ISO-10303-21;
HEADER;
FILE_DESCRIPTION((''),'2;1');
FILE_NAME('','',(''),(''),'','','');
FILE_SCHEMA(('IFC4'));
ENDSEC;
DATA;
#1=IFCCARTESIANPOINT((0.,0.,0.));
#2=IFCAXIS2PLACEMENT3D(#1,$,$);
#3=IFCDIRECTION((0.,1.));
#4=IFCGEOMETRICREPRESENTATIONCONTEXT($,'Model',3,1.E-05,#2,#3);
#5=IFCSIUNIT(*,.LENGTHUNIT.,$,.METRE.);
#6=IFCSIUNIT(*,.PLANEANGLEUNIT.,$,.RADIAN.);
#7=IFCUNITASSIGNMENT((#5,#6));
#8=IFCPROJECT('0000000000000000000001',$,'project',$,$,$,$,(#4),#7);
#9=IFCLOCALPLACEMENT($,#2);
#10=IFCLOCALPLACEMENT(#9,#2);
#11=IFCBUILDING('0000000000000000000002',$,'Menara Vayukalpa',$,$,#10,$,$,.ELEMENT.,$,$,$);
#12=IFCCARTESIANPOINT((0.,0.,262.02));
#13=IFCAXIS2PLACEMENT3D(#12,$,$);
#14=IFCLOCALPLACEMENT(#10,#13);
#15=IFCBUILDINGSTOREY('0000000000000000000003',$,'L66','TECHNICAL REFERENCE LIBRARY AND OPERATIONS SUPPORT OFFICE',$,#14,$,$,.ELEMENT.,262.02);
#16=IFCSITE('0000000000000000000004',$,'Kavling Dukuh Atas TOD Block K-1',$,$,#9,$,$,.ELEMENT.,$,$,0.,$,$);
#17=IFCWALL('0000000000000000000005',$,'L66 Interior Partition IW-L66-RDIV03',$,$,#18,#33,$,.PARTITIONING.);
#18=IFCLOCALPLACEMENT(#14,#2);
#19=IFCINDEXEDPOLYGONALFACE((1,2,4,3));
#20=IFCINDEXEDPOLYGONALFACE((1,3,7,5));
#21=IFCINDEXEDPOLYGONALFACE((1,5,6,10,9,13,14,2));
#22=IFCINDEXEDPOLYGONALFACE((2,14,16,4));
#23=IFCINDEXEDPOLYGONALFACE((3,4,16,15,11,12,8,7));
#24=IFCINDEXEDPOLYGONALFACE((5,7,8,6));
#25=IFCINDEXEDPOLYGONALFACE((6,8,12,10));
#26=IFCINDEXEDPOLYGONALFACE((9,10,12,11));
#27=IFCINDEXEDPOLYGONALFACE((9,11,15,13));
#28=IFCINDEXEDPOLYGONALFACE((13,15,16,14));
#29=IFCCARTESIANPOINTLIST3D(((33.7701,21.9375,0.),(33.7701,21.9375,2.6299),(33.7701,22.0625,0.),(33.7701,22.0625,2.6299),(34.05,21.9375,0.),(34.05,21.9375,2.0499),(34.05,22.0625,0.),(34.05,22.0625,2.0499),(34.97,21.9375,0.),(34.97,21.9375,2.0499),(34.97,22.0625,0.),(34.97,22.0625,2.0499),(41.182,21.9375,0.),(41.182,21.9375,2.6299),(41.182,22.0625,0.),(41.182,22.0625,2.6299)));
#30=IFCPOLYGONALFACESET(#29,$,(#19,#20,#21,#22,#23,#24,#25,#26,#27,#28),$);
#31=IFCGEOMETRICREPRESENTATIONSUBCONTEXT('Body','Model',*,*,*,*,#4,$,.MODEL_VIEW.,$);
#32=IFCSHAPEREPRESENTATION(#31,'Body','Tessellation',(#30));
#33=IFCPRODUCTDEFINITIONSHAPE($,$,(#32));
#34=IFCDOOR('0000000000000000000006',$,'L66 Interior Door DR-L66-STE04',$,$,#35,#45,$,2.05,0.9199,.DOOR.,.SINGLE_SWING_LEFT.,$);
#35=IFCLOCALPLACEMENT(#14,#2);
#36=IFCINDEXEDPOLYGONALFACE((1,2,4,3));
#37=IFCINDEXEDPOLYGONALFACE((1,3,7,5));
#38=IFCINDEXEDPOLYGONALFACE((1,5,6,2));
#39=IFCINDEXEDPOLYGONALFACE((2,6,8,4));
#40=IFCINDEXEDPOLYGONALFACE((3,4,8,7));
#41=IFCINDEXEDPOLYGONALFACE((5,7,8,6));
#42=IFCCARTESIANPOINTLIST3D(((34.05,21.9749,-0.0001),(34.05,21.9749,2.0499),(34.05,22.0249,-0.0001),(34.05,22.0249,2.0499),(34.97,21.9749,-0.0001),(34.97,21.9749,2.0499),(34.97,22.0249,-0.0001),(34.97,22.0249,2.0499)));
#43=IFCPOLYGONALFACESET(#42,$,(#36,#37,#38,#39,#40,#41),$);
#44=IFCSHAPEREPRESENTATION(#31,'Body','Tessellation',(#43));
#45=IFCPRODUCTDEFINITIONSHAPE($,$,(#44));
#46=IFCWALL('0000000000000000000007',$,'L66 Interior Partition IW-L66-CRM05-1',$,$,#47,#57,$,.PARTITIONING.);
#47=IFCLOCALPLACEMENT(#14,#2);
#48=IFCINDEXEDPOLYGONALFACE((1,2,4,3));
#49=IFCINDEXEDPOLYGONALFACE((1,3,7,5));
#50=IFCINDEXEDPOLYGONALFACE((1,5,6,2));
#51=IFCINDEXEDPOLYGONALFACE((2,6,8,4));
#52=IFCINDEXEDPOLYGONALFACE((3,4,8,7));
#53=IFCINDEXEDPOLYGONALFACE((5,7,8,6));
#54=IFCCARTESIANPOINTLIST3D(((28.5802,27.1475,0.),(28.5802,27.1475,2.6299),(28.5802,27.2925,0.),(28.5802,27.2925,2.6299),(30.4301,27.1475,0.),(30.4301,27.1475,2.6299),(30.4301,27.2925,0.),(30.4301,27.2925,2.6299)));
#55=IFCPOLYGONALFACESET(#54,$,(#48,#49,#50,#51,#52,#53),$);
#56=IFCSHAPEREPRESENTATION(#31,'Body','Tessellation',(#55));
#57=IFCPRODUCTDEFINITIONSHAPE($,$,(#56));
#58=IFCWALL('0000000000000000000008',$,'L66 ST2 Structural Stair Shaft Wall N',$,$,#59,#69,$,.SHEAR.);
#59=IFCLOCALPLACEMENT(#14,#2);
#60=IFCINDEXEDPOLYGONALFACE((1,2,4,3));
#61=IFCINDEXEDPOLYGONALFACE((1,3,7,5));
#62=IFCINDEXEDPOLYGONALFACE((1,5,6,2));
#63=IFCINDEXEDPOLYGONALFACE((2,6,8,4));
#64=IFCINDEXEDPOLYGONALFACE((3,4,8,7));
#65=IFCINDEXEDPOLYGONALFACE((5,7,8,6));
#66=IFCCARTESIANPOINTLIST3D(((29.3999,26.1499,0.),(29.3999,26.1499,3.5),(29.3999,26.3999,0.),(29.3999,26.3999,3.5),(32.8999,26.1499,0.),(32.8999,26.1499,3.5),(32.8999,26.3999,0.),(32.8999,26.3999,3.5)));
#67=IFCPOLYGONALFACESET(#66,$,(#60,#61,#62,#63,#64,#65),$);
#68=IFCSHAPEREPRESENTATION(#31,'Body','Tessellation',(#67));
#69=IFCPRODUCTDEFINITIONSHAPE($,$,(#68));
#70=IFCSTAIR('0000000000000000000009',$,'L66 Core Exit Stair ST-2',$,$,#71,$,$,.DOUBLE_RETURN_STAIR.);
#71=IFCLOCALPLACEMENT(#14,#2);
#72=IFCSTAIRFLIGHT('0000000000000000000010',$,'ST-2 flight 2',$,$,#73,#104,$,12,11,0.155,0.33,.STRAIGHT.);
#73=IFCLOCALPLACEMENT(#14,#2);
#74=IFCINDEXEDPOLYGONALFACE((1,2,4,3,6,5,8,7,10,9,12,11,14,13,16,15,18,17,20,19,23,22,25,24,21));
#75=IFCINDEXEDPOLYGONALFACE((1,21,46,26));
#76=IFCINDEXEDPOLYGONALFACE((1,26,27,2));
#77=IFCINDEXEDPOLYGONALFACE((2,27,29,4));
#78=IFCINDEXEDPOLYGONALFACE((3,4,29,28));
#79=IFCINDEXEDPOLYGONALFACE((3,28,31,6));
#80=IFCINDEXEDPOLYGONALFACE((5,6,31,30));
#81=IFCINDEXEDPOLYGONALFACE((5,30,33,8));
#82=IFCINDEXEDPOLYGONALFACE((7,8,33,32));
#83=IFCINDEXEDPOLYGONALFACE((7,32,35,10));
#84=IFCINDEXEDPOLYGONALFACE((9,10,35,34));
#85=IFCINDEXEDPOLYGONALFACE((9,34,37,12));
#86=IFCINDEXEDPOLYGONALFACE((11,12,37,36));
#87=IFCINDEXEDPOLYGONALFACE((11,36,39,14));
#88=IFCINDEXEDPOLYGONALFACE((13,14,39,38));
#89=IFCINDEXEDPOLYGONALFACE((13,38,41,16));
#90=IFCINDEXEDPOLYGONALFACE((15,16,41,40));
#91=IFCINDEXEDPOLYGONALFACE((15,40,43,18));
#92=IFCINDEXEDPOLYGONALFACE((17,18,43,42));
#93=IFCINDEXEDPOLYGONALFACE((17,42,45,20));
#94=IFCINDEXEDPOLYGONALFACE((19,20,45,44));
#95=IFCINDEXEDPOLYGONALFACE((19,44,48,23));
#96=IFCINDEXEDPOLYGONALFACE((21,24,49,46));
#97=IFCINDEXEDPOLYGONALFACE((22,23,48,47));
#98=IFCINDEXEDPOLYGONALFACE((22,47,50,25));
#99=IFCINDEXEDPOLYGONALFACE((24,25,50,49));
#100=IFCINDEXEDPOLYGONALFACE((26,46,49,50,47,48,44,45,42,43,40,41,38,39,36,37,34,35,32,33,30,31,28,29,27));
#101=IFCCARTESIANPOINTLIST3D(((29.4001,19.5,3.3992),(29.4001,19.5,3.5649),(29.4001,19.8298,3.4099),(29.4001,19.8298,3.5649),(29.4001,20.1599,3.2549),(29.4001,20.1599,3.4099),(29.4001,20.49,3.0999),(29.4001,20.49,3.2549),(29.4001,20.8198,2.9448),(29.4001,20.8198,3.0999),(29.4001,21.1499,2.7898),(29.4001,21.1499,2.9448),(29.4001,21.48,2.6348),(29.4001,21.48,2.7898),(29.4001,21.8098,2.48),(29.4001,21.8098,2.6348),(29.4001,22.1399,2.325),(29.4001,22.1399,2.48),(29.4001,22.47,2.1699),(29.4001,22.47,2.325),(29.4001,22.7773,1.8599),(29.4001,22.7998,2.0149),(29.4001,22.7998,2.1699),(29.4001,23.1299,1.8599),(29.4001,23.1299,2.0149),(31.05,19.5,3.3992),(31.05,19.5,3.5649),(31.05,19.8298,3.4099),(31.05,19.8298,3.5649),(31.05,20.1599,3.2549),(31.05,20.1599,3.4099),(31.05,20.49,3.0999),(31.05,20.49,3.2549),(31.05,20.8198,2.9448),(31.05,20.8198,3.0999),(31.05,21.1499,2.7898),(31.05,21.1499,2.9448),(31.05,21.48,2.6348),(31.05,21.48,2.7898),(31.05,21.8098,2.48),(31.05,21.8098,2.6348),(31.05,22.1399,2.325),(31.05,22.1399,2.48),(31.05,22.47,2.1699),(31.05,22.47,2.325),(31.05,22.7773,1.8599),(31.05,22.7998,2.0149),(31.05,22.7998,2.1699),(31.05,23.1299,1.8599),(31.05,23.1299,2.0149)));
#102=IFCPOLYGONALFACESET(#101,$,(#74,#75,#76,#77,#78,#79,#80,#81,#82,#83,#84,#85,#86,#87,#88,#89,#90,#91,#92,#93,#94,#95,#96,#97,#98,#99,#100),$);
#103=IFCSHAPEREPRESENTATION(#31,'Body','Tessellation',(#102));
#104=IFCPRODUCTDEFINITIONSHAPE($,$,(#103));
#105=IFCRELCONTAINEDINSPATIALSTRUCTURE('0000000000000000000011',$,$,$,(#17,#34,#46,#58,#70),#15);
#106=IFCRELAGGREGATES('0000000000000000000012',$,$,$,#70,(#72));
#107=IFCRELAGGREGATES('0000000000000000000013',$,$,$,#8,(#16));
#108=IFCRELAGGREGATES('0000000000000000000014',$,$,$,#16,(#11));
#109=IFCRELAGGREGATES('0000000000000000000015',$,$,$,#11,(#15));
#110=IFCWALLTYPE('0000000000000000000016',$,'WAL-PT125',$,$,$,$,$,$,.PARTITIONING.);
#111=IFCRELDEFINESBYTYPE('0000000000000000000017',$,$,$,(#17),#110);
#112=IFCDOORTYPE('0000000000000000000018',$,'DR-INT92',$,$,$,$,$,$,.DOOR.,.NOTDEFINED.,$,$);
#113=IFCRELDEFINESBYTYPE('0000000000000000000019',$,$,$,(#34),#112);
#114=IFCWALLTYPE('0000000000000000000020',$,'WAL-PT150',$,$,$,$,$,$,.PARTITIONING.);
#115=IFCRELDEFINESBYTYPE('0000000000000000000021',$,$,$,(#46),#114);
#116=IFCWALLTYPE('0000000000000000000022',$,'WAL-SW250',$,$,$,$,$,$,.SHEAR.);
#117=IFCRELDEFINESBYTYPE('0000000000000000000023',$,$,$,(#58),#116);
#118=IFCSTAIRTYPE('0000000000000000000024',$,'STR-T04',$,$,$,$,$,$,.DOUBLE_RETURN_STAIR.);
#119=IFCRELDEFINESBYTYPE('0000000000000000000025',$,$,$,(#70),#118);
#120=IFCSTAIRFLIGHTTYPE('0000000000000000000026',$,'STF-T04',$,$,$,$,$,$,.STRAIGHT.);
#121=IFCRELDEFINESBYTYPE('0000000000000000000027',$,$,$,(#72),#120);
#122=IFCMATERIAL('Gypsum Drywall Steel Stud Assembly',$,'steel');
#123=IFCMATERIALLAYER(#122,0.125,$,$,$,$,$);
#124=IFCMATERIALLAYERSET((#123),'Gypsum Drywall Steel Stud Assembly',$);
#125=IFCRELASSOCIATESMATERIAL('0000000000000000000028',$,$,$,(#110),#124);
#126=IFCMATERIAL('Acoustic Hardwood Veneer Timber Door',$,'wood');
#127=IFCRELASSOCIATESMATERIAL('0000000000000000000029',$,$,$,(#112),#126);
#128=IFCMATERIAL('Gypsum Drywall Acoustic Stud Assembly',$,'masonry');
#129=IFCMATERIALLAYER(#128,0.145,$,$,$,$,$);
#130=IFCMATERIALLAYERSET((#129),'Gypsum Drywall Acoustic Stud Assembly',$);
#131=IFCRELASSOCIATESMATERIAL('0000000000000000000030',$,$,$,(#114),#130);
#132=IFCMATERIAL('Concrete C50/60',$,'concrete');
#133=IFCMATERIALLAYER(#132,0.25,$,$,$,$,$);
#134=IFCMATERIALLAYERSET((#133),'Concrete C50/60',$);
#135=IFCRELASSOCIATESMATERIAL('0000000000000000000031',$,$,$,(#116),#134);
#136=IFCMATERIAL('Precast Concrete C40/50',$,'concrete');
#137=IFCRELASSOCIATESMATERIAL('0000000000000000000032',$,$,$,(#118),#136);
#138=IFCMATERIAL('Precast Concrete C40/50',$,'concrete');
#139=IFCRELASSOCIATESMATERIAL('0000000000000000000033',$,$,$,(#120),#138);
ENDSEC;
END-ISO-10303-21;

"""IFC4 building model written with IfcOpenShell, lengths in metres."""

from ifc_helpers import new_model, si_unit, direction, frame, frame_2d, origin, place, context, subcontext, project, spatial, polyline, rectangle, outline, extrude, material, layer, layer_set, type_object, element, fill, aggregate, save


model = new_model("IFC4")

# Units and contexts
model_context = context("Model", 3, precision=1e-05, world=origin(), true_north=direction((0.0, 1.0)))
body_context = subcontext(model_context, "Body", "Model", "MODEL_VIEW")
ifc_project = project(units=[si_unit("LENGTHUNIT", "METRE"), si_unit("PLANEANGLEUNIT", "RADIAN")], contexts=[model_context])

# Site, building, storey
site_placement = place(None, origin())
site = spatial("IfcSite", under=ifc_project, at=site_placement, Name="Kavling Dukuh Atas TOD Block K-1", CompositionType="ELEMENT", RefElevation=0.0)
building_placement = place(site_placement, origin())
building = spatial("IfcBuilding", under=site, at=building_placement, Name="Menara Vayukalpa", CompositionType="ELEMENT")
storey_placement = place(building_placement, frame((0.0, 0.0, 262.02)))
storey = spatial("IfcBuildingStorey", under=building, at=storey_placement, Name="L66", Description="TECHNICAL REFERENCE LIBRARY AND OPERATIONS SUPPORT OFFICE", CompositionType="ELEMENT", Elevation=262.02)

# Wall, opening, door
ifc_material_1 = material(Name="Gypsum Drywall Steel Stud Assembly", Category="steel")
ifc_layer_1 = layer(ifc_material_1, 0.125)
ifc_layer_set_1 = layer_set([ifc_layer_1], Name="Gypsum Drywall Steel Stud Assembly")
wall_type_1 = type_object("IfcWallType", Name="WAL-PT125", PredefinedType="PARTITIONING", material=ifc_layer_set_1)
wall_1_placement = place(storey_placement, frame((33.77, 22.0, 0.0), z_axis=(0.0, 0.0, 1.0), x_axis=(1.0, 0.0, 0.0)))
wall_1 = element("IfcWall", 1, at=wall_1_placement, inside=storey, type_object=wall_type_1, Name="L66 Interior Partition IW-L66-RDIV03", PredefinedType="PARTITIONING", context=body_context, shape_type="SweptSolid", body=[
    extrude(rectangle(XDim=7.4119, YDim=0.125, at=frame_2d((3.7061, 0.0))), origin(), (0.0, 0.0, 1.0), 2.6299),
])
opening_placement = place(wall_1_placement, frame((0.28, 0.0, 0.0)))
opening = element("IfcOpeningElement", 2, at=opening_placement, cuts=wall_1, PredefinedType="OPENING", context=body_context, shape_type="SweptSolid", body=[
    extrude(rectangle(XDim=0.9199, YDim=2.05, at=frame_2d((0.46, 1.0249))), frame((0.0, 0.0725, 0.0), z_axis=(0.0, -1.0, 0.0), x_axis=(1.0, 0.0, 0.0)), (0.0, 0.0, 1.0), 0.145),
])
ifc_material_2 = material(Name="Acoustic Hardwood Veneer Timber Door", Category="wood")
door_type = type_object("IfcDoorType", Name="DR-INT92", OperationType="NOTDEFINED", PredefinedType="DOOR", material=ifc_material_2)
door_placement = place(opening_placement, origin())
door = element("IfcDoor", 3, at=door_placement, inside=storey, type_object=door_type, Name="L66 Interior Door DR-L66-STE04", OperationType="SINGLE_SWING_LEFT", OverallHeight=2.05, OverallWidth=0.9199, PredefinedType="DOOR", context=body_context, shape_type="SweptSolid", body=[
    extrude(rectangle(XDim=0.9199, YDim=2.05, at=frame_2d((0.46, 1.0249))), frame((0.0, 0.0249, 0.0), z_axis=(0.0, -1.0, 0.0), x_axis=(1.0, 0.0, 0.0)), (0.0, 0.0, 1.0), 0.05),
])
fill(opening, door)

# Walls
ifc_material_3 = material(Name="Gypsum Drywall Acoustic Stud Assembly", Category="masonry")
ifc_layer_2 = layer(ifc_material_3, 0.145)
ifc_layer_set_2 = layer_set([ifc_layer_2], Name="Gypsum Drywall Acoustic Stud Assembly")
wall_type_2 = type_object("IfcWallType", Name="WAL-PT150", PredefinedType="PARTITIONING", material=ifc_layer_set_2)
wall_2_placement = place(storey_placement, frame((30.4299, 27.22, 0.0), z_axis=(0.0, 0.0, 1.0), x_axis=(-1.0, 0.0, 0.0)))
element("IfcWall", 4, at=wall_2_placement, inside=storey, type_object=wall_type_2, Name="L66 Interior Partition IW-L66-CRM05-1", PredefinedType="PARTITIONING", context=body_context, shape_type="SweptSolid", body=[
    extrude(rectangle(XDim=1.8499, YDim=0.145, at=frame_2d((0.9248, 0.0))), origin(), (0.0, 0.0, 1.0), 2.6299),
])
ifc_material_4 = material(Name="Concrete C50/60", Category="concrete")
ifc_layer_3 = layer(ifc_material_4, 0.25)
ifc_layer_set_3 = layer_set([ifc_layer_3], Name="Concrete C50/60")
wall_type_3 = type_object("IfcWallType", Name="WAL-SW250", PredefinedType="SHEAR", material=ifc_layer_set_3)
wall_3_placement = place(storey_placement, frame((29.3999, 26.2749, 0.0), z_axis=(0.0, 0.0, 1.0), x_axis=(1.0, 0.0, 0.0)))
element("IfcWall", 5, at=wall_3_placement, inside=storey, type_object=wall_type_3, Name="L66 ST2 Structural Stair Shaft Wall N", PredefinedType="SHEAR", context=body_context, shape_type="SweptSolid", body=[
    extrude(rectangle(XDim=3.5, YDim=0.25, at=frame_2d((1.75, 0.0))), origin(), (0.0, 0.0, 1.0), 3.5),
])

# Stair, stair flight
ifc_material_5 = material(Name="Precast Concrete C40/50", Category="concrete")
stair_type = type_object("IfcStairType", Name="STR-T04", PredefinedType="DOUBLE_RETURN_STAIR", material=ifc_material_5)
stair_placement = place(storey_placement, origin())
stair = element("IfcStair", 6, at=stair_placement, inside=storey, type_object=stair_type, Name="L66 Core Exit Stair ST-2", PredefinedType="DOUBLE_RETURN_STAIR")
ifc_material_6 = material(Name="Precast Concrete C40/50", Category="concrete")
stair_flight_type = type_object("IfcStairFlightType", Name="STF-T04", PredefinedType="STRAIGHT", material=ifc_material_6)
stair_flight_placement = place(storey_placement, frame((30.2251, 23.1299, 1.8599), z_axis=(0.0, 0.0, 1.0), x_axis=(0.0, -1.0, 0.0)))
stair_flight = element("IfcStairFlight", 7, at=stair_flight_placement, type_object=stair_flight_type, Name="ST-2 flight 2", NumberOfRisers=12, NumberOfTreads=11, PredefinedType="STRAIGHT", RiserHeight=0.155, TreadLength=0.33, context=body_context, shape_type="SweptSolid", body=[
    extrude(outline(polyline([(0.0, 0.0), (0.0, 0.155), (0.3301, 0.155), (0.3301, 0.3101), (0.6599, 0.3101), (0.6599, 0.4651), (0.99, 0.4651), (0.99, 0.6201), (1.3201, 0.6201), (1.3201, 0.7749), (1.6499, 0.7749), (1.6499, 0.9299), (1.98, 0.9299), (1.98, 1.085), (2.3101, 1.085), (2.3101, 1.24), (2.6399, 1.24), (2.6399, 1.395), (2.97, 1.395), (2.97, 1.55), (3.3, 1.55), (3.3, 1.7051), (3.6299, 1.7051), (3.6299, 1.8601), (3.6299, 1.5393), (0.3525, 0.0), (0.0, 0.0)])), frame((0.0, 0.825, 0.0), z_axis=(0.0, -1.0, 0.0), x_axis=(1.0, 0.0, 0.0)), (0.0, 0.0, 1.0), 1.6499),
])
aggregate(stair, [stair_flight])

save(model, "model.ifc")
